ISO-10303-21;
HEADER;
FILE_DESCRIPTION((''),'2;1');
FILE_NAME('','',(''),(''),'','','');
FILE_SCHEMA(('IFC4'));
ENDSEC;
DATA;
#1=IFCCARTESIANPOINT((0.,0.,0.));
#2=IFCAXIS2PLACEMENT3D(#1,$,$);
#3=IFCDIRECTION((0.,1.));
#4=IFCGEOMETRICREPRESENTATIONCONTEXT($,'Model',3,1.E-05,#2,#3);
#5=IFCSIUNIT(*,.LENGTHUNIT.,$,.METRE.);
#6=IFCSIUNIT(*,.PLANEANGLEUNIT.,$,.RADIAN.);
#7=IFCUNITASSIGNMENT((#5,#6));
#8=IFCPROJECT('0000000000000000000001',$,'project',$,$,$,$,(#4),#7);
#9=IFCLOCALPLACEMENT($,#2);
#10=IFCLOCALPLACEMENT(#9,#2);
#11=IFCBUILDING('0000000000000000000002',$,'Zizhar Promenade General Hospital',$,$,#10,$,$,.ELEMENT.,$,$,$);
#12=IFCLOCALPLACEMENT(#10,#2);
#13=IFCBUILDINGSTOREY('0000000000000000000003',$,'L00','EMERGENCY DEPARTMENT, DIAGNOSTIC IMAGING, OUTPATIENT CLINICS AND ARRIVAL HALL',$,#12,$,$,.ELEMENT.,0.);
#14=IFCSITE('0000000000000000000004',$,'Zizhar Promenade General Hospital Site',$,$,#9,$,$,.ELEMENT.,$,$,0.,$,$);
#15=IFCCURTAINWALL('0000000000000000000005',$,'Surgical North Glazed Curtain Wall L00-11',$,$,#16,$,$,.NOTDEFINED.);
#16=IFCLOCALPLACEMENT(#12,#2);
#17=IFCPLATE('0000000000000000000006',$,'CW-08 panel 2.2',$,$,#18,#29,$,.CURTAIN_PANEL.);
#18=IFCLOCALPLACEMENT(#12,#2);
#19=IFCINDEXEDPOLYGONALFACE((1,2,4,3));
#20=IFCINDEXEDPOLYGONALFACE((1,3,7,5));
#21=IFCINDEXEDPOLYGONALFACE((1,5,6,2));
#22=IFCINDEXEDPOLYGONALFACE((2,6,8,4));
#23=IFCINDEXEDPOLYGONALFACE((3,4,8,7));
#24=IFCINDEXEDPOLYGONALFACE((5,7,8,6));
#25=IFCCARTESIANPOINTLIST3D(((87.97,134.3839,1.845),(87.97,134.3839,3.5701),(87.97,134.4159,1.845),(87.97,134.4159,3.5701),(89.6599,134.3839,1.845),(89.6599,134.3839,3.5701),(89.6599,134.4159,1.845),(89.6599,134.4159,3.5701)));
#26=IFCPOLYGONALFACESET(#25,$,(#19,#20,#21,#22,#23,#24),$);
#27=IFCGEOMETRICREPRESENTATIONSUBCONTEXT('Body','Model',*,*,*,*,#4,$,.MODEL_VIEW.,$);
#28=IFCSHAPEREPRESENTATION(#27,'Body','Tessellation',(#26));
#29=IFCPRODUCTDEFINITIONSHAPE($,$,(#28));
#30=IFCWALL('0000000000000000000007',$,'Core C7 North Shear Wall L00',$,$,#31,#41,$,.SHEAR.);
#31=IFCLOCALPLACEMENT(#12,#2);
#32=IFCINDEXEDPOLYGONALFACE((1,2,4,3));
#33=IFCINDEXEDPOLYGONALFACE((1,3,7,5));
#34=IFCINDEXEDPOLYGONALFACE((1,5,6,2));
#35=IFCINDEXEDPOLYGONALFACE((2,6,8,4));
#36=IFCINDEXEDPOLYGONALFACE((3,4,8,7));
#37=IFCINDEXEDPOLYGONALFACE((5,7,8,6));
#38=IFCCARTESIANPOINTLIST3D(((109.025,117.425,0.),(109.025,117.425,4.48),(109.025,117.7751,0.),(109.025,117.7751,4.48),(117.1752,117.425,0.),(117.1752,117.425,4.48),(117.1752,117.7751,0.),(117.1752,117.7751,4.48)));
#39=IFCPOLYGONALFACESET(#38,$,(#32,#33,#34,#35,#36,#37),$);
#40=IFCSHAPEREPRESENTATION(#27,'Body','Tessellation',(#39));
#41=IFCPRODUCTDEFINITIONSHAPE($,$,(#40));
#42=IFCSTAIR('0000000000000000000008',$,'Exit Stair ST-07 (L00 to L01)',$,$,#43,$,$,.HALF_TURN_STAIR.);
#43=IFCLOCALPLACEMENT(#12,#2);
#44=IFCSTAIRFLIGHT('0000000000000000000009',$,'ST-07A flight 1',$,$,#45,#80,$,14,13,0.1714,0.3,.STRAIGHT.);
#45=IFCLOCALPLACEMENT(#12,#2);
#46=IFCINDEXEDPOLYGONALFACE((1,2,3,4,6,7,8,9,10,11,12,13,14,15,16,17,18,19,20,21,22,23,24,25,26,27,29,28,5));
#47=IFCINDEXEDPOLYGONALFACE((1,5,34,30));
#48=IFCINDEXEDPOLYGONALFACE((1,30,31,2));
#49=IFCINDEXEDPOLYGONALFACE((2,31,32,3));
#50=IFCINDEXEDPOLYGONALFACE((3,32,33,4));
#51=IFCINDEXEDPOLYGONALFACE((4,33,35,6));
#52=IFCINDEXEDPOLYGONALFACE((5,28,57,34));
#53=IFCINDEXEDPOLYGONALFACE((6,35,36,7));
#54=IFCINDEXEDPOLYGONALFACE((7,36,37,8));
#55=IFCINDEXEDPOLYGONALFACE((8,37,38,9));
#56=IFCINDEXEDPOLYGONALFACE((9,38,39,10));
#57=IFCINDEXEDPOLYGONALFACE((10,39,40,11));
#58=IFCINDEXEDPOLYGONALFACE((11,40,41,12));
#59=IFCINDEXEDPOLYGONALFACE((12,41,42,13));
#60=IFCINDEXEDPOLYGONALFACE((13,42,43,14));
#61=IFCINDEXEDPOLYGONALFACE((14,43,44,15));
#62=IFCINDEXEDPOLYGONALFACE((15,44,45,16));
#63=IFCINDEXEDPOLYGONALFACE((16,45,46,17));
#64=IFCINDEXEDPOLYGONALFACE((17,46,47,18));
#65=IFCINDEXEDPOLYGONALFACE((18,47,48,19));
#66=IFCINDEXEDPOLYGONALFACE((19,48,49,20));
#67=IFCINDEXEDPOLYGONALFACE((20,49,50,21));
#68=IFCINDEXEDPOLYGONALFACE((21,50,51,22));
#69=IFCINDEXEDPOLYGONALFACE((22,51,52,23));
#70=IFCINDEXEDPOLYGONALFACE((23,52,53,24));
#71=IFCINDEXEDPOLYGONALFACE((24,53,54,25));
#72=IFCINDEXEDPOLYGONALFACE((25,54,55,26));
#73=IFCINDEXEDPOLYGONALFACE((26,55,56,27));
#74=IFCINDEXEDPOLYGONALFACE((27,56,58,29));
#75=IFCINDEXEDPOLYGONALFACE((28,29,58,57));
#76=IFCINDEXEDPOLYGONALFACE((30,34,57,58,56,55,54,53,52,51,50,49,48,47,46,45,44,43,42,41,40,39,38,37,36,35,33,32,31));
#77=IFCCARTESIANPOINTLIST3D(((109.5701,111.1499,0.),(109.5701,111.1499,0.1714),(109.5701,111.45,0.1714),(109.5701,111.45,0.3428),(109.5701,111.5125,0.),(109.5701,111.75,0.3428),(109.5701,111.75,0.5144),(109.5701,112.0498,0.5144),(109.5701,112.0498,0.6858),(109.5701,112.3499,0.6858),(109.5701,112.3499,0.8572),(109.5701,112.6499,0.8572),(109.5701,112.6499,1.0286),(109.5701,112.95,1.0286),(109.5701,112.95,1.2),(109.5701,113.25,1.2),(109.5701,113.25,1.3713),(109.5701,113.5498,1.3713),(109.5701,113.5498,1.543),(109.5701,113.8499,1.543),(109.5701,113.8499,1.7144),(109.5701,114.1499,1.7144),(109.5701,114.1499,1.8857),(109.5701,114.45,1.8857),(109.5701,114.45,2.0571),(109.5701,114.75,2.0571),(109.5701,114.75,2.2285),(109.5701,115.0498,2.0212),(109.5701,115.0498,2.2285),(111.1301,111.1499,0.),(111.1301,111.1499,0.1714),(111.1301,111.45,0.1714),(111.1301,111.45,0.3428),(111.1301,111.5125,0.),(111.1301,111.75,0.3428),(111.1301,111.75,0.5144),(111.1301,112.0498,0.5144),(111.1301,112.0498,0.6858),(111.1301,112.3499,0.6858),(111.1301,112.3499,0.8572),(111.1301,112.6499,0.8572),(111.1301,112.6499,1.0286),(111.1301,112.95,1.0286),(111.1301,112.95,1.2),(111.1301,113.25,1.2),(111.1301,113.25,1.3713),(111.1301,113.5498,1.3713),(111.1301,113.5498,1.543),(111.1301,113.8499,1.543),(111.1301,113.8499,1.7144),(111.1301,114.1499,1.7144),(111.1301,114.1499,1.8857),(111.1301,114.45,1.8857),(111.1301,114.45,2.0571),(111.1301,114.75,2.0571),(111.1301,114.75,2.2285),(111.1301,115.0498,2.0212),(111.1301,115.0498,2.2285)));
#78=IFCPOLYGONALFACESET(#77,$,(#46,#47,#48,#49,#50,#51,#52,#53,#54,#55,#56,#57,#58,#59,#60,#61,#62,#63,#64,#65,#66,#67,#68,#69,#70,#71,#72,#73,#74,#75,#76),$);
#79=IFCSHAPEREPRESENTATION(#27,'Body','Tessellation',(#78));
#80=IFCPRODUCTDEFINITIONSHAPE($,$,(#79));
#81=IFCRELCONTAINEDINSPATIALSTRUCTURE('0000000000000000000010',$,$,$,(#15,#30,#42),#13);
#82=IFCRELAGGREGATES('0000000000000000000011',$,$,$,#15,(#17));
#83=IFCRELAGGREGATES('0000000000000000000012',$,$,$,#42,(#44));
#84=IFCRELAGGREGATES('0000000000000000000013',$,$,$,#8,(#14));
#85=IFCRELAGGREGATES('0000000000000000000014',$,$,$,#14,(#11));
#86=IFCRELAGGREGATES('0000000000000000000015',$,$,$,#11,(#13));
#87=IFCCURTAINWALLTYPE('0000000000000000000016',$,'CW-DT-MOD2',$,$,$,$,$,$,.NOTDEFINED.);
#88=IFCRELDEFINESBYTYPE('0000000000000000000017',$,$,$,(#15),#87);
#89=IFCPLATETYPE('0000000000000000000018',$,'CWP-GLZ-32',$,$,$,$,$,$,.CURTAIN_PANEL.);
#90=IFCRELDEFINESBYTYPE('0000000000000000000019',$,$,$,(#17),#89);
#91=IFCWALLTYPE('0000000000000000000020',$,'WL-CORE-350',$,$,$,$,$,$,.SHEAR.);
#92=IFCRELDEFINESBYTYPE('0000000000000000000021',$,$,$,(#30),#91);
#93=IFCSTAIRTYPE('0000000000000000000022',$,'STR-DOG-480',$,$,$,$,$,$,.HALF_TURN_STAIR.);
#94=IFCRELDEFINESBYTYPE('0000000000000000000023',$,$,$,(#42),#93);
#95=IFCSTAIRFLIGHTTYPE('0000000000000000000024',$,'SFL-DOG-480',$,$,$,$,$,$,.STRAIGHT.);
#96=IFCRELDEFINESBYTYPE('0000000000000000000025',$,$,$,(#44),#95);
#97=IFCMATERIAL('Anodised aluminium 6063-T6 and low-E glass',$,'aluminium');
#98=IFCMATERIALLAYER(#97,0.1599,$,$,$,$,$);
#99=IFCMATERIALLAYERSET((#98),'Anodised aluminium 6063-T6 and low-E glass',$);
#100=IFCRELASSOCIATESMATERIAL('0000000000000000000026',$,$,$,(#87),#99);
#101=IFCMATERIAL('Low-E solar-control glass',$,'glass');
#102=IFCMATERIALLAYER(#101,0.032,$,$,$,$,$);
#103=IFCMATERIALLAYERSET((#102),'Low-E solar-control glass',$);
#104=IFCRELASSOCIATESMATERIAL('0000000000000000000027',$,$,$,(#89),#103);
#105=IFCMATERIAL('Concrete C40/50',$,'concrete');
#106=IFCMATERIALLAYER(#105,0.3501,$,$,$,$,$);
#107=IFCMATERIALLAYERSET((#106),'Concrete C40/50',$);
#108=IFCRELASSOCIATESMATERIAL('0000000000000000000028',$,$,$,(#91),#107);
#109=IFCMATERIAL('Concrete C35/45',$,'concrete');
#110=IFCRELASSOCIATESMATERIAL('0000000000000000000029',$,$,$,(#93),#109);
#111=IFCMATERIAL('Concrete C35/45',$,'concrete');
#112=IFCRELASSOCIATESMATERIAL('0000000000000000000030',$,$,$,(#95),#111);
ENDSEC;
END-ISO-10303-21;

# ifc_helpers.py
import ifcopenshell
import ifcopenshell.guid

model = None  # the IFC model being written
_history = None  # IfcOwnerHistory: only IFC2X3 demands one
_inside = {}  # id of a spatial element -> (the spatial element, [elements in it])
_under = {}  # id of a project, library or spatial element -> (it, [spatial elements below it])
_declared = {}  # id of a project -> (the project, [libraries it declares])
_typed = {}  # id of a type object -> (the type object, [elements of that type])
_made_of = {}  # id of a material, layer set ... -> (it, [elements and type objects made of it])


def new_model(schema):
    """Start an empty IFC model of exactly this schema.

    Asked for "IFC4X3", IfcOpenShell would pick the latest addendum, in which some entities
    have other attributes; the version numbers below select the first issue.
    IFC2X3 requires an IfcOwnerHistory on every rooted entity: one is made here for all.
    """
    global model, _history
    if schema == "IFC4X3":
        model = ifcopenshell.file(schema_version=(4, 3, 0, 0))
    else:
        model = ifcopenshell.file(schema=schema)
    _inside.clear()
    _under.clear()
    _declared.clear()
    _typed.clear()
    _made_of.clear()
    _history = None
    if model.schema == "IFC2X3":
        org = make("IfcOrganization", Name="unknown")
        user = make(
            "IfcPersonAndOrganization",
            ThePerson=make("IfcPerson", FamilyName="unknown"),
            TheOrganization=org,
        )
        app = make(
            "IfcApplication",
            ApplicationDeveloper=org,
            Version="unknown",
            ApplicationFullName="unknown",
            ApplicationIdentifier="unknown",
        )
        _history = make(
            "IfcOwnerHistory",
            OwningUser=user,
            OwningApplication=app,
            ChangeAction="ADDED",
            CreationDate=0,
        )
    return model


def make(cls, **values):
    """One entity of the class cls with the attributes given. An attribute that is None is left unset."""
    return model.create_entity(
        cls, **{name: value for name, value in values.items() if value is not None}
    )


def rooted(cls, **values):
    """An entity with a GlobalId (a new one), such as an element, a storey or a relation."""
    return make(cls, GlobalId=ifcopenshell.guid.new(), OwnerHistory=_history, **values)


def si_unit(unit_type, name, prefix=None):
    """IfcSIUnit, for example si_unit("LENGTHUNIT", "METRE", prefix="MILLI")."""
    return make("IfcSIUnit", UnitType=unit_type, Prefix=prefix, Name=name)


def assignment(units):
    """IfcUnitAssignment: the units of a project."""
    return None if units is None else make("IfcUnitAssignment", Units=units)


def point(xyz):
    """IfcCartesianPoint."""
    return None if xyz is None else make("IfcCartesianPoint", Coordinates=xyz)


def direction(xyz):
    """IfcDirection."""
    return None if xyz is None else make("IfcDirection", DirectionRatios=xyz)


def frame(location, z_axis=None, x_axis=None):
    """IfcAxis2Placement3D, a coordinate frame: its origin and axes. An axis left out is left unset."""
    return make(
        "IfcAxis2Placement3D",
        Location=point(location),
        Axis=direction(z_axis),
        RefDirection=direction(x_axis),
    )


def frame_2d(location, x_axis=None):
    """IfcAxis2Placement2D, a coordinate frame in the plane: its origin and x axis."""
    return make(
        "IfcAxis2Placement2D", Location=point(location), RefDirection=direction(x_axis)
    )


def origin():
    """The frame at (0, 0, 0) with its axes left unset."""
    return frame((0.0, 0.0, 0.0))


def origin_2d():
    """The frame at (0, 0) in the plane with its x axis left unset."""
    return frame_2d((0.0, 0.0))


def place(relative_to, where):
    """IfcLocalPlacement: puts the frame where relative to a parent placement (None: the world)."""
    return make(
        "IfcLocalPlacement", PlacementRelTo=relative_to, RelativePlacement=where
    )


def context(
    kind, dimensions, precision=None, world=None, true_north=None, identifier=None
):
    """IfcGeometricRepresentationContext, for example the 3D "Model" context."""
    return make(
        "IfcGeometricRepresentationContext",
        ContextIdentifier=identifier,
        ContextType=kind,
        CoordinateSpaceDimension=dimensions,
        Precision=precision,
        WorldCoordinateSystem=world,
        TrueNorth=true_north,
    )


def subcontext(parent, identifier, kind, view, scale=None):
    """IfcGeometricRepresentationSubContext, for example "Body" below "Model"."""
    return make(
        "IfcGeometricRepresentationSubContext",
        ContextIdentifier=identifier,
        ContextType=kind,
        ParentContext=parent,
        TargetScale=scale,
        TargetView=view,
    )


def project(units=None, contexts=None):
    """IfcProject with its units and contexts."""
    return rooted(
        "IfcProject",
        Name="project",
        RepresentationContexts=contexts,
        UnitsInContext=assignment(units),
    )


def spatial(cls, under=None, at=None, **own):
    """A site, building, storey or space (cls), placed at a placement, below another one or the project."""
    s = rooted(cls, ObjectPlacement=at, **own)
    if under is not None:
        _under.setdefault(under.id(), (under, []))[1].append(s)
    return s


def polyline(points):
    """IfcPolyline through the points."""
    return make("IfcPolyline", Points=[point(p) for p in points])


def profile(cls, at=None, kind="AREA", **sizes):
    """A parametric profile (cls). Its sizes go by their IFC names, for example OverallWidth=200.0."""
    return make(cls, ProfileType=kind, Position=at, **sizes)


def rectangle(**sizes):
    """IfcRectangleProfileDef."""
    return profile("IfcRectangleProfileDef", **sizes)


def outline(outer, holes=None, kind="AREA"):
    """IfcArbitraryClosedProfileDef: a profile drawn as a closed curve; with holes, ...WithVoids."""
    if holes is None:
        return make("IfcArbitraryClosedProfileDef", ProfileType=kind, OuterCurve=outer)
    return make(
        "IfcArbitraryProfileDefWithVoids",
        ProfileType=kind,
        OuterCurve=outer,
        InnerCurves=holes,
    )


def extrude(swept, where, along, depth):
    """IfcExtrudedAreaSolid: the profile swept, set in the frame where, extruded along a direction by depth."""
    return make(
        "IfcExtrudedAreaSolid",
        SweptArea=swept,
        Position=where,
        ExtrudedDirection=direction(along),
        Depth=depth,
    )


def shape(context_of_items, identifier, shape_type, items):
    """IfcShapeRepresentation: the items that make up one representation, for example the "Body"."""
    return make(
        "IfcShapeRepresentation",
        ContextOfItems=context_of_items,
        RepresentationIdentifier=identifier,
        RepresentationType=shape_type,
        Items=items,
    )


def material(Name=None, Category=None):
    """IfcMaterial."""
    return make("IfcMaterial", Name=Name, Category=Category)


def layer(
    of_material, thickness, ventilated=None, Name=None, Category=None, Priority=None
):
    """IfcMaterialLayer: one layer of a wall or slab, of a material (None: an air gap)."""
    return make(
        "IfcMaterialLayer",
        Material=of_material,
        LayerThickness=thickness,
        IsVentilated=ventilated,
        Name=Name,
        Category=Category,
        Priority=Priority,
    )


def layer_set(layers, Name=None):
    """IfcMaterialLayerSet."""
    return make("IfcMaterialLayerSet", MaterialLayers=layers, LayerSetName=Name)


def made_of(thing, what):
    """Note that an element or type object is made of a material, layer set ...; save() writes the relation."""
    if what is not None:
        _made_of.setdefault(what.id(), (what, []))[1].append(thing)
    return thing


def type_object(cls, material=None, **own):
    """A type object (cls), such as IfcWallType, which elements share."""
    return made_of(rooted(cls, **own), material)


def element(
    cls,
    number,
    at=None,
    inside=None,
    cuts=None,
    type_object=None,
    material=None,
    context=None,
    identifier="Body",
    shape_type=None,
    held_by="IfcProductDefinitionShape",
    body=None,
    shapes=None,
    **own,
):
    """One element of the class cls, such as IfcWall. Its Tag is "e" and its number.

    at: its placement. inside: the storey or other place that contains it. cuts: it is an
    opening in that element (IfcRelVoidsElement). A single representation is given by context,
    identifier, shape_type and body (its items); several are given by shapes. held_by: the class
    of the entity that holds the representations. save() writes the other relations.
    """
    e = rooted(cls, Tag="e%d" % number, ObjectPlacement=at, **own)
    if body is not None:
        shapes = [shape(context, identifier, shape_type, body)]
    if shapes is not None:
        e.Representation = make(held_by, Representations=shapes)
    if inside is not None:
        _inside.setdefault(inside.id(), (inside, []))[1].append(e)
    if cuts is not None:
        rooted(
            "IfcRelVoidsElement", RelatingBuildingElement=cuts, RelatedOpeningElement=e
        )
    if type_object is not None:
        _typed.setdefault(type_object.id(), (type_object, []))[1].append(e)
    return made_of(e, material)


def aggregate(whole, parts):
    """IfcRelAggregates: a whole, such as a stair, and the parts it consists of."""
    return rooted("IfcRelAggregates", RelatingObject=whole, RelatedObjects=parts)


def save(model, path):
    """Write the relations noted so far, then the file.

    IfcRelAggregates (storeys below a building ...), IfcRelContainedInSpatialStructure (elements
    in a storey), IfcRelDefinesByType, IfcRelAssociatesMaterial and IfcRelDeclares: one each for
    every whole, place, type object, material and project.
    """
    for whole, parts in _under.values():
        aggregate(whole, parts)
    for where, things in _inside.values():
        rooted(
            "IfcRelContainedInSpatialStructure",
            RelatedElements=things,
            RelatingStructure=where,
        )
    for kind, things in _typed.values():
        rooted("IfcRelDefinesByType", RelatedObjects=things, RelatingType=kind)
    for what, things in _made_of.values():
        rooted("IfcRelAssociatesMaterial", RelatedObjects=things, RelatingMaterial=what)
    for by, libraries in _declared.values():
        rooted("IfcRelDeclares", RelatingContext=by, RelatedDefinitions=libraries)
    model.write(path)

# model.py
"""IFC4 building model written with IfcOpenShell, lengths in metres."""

from ifc_helpers import new_model, si_unit, direction, frame, frame_2d, origin, origin_2d, place, context, subcontext, project, spatial, polyline, rectangle, outline, extrude, material, layer, layer_set, type_object, element, aggregate, save


model = new_model("IFC4")

# Units and contexts
model_context = context("Model", 3, precision=1e-05, world=origin(), true_north=direction((0.0, 1.0)))
body_context = subcontext(model_context, "Body", "Model", "MODEL_VIEW")
ifc_project = project(units=[si_unit("LENGTHUNIT", "METRE"), si_unit("PLANEANGLEUNIT", "RADIAN")], contexts=[model_context])

# Site, building, storey
site_placement = place(None, origin())
site = spatial("IfcSite", under=ifc_project, at=site_placement, Name="Zizhar Promenade General Hospital Site", CompositionType="ELEMENT", RefElevation=0.0)
building_placement = place(site_placement, origin())
building = spatial("IfcBuilding", under=site, at=building_placement, Name="Zizhar Promenade General Hospital", CompositionType="ELEMENT")
storey_placement = place(building_placement, origin())
storey = spatial("IfcBuildingStorey", under=building, at=storey_placement, Name="L00", Description="EMERGENCY DEPARTMENT, DIAGNOSTIC IMAGING, OUTPATIENT CLINICS AND ARRIVAL HALL", CompositionType="ELEMENT", Elevation=0.0)

# Curtain wall, plate
ifc_material_1 = material(Name="Anodised aluminium 6063-T6 and low-E glass", Category="aluminium")
ifc_layer_1 = layer(ifc_material_1, 0.1599)
ifc_layer_set_1 = layer_set([ifc_layer_1], Name="Anodised aluminium 6063-T6 and low-E glass")
curtain_wall_type = type_object("IfcCurtainWallType", Name="CW-DT-MOD2", PredefinedType="NOTDEFINED", material=ifc_layer_set_1)
curtain_wall_placement = place(storey_placement, origin())
curtain_wall = element("IfcCurtainWall", 1, at=curtain_wall_placement, inside=storey, type_object=curtain_wall_type, Name="Surgical North Glazed Curtain Wall L00-11", PredefinedType="NOTDEFINED")
ifc_material_2 = material(Name="Low-E solar-control glass", Category="glass")
ifc_layer_2 = layer(ifc_material_2, 0.032)
ifc_layer_set_2 = layer_set([ifc_layer_2], Name="Low-E solar-control glass")
plate_type = type_object("IfcPlateType", Name="CWP-GLZ-32", PredefinedType="CURTAIN_PANEL", material=ifc_layer_set_2)
plate_placement = place(storey_placement, frame((88.8149, 134.3999, 1.845), z_axis=(0.0, 0.0, 1.0), x_axis=(1.0, 0.0, 0.0)))
plate = element("IfcPlate", 2, at=plate_placement, type_object=plate_type, Name="CW-08 panel 2.2", PredefinedType="CURTAIN_PANEL", context=body_context, shape_type="SweptSolid", body=[
    extrude(rectangle(XDim=1.6899, YDim=0.032, at=origin_2d()), origin(), (0.0, 0.0, 1.0), 1.7251),
])
aggregate(curtain_wall, [plate])

# Wall
ifc_material_3 = material(Name="Concrete C40/50", Category="concrete")
ifc_layer_3 = layer(ifc_material_3, 0.3501)
ifc_layer_set_3 = layer_set([ifc_layer_3], Name="Concrete C40/50")
wall_type = type_object("IfcWallType", Name="WL-CORE-350", PredefinedType="SHEAR", material=ifc_layer_set_3)
wall_placement = place(storey_placement, frame((109.0249, 117.6001, 0.0), z_axis=(0.0, 0.0, 1.0), x_axis=(1.0, 0.0, 0.0)))
element("IfcWall", 3, at=wall_placement, inside=storey, type_object=wall_type, Name="Core C7 North Shear Wall L00", PredefinedType="SHEAR", context=body_context, shape_type="SweptSolid", body=[
    extrude(rectangle(XDim=8.1501, YDim=0.3501, at=frame_2d((4.0752, 0.0))), origin(), (0.0, 0.0, 1.0), 4.48),
])

# Stair, stair flight
ifc_material_4 = material(Name="Concrete C35/45", Category="concrete")
stair_type = type_object("IfcStairType", Name="STR-DOG-480", PredefinedType="HALF_TURN_STAIR", material=ifc_material_4)
stair_placement = place(storey_placement, origin())
stair = element("IfcStair", 4, at=stair_placement, inside=storey, type_object=stair_type, Name="Exit Stair ST-07 (L00 to L01)", PredefinedType="HALF_TURN_STAIR")
ifc_material_5 = material(Name="Concrete C35/45", Category="concrete")
stair_flight_type = type_object("IfcStairFlightType", Name="SFL-DOG-480", PredefinedType="STRAIGHT", material=ifc_material_5)
stair_flight_placement = place(storey_placement, frame((110.3501, 111.1499, 0.0), z_axis=(0.0, 0.0, 1.0), x_axis=(0.0, 1.0, 0.0)))
stair_flight = element("IfcStairFlight", 5, at=stair_flight_placement, type_object=stair_flight_type, Name="ST-07A flight 1", NumberOfRisers=14, NumberOfTreads=13, PredefinedType="STRAIGHT", RiserHeight=0.1714, TreadLength=0.3, context=body_context, shape_type="SweptSolid", body=[
    extrude(outline(polyline([(0.0, 0.0), (0.0, 0.1714), (0.3, 0.1714), (0.3, 0.3428), (0.6001, 0.3428), (0.6001, 0.5144), (0.8999, 0.5144), (0.8999, 0.6858), (1.2, 0.6858), (1.2, 0.8572), (1.5, 0.8572), (1.5, 1.0286), (1.8, 1.0286), (1.8, 1.2), (2.1001, 1.2), (2.1001, 1.3713), (2.3999, 1.3713), (2.3999, 1.543), (2.7, 1.543), (2.7, 1.7144), (3.0, 1.7144), (3.0, 1.8857), (3.3, 1.8857), (3.3, 2.0571), (3.6001, 2.0571), (3.6001, 2.2285), (3.8999, 2.2285), (3.8999, 2.3999), (3.8999, 2.0212), (0.3625, 0.0), (0.0, 0.0)])), frame((0.0, 0.78, 0.0), z_axis=(0.0, -1.0, 0.0), x_axis=(1.0, 0.0, 0.0)), (0.0, 0.0, 1.0), 1.5601),
])
aggregate(stair, [stair_flight])

save(model, "model.ifc")
